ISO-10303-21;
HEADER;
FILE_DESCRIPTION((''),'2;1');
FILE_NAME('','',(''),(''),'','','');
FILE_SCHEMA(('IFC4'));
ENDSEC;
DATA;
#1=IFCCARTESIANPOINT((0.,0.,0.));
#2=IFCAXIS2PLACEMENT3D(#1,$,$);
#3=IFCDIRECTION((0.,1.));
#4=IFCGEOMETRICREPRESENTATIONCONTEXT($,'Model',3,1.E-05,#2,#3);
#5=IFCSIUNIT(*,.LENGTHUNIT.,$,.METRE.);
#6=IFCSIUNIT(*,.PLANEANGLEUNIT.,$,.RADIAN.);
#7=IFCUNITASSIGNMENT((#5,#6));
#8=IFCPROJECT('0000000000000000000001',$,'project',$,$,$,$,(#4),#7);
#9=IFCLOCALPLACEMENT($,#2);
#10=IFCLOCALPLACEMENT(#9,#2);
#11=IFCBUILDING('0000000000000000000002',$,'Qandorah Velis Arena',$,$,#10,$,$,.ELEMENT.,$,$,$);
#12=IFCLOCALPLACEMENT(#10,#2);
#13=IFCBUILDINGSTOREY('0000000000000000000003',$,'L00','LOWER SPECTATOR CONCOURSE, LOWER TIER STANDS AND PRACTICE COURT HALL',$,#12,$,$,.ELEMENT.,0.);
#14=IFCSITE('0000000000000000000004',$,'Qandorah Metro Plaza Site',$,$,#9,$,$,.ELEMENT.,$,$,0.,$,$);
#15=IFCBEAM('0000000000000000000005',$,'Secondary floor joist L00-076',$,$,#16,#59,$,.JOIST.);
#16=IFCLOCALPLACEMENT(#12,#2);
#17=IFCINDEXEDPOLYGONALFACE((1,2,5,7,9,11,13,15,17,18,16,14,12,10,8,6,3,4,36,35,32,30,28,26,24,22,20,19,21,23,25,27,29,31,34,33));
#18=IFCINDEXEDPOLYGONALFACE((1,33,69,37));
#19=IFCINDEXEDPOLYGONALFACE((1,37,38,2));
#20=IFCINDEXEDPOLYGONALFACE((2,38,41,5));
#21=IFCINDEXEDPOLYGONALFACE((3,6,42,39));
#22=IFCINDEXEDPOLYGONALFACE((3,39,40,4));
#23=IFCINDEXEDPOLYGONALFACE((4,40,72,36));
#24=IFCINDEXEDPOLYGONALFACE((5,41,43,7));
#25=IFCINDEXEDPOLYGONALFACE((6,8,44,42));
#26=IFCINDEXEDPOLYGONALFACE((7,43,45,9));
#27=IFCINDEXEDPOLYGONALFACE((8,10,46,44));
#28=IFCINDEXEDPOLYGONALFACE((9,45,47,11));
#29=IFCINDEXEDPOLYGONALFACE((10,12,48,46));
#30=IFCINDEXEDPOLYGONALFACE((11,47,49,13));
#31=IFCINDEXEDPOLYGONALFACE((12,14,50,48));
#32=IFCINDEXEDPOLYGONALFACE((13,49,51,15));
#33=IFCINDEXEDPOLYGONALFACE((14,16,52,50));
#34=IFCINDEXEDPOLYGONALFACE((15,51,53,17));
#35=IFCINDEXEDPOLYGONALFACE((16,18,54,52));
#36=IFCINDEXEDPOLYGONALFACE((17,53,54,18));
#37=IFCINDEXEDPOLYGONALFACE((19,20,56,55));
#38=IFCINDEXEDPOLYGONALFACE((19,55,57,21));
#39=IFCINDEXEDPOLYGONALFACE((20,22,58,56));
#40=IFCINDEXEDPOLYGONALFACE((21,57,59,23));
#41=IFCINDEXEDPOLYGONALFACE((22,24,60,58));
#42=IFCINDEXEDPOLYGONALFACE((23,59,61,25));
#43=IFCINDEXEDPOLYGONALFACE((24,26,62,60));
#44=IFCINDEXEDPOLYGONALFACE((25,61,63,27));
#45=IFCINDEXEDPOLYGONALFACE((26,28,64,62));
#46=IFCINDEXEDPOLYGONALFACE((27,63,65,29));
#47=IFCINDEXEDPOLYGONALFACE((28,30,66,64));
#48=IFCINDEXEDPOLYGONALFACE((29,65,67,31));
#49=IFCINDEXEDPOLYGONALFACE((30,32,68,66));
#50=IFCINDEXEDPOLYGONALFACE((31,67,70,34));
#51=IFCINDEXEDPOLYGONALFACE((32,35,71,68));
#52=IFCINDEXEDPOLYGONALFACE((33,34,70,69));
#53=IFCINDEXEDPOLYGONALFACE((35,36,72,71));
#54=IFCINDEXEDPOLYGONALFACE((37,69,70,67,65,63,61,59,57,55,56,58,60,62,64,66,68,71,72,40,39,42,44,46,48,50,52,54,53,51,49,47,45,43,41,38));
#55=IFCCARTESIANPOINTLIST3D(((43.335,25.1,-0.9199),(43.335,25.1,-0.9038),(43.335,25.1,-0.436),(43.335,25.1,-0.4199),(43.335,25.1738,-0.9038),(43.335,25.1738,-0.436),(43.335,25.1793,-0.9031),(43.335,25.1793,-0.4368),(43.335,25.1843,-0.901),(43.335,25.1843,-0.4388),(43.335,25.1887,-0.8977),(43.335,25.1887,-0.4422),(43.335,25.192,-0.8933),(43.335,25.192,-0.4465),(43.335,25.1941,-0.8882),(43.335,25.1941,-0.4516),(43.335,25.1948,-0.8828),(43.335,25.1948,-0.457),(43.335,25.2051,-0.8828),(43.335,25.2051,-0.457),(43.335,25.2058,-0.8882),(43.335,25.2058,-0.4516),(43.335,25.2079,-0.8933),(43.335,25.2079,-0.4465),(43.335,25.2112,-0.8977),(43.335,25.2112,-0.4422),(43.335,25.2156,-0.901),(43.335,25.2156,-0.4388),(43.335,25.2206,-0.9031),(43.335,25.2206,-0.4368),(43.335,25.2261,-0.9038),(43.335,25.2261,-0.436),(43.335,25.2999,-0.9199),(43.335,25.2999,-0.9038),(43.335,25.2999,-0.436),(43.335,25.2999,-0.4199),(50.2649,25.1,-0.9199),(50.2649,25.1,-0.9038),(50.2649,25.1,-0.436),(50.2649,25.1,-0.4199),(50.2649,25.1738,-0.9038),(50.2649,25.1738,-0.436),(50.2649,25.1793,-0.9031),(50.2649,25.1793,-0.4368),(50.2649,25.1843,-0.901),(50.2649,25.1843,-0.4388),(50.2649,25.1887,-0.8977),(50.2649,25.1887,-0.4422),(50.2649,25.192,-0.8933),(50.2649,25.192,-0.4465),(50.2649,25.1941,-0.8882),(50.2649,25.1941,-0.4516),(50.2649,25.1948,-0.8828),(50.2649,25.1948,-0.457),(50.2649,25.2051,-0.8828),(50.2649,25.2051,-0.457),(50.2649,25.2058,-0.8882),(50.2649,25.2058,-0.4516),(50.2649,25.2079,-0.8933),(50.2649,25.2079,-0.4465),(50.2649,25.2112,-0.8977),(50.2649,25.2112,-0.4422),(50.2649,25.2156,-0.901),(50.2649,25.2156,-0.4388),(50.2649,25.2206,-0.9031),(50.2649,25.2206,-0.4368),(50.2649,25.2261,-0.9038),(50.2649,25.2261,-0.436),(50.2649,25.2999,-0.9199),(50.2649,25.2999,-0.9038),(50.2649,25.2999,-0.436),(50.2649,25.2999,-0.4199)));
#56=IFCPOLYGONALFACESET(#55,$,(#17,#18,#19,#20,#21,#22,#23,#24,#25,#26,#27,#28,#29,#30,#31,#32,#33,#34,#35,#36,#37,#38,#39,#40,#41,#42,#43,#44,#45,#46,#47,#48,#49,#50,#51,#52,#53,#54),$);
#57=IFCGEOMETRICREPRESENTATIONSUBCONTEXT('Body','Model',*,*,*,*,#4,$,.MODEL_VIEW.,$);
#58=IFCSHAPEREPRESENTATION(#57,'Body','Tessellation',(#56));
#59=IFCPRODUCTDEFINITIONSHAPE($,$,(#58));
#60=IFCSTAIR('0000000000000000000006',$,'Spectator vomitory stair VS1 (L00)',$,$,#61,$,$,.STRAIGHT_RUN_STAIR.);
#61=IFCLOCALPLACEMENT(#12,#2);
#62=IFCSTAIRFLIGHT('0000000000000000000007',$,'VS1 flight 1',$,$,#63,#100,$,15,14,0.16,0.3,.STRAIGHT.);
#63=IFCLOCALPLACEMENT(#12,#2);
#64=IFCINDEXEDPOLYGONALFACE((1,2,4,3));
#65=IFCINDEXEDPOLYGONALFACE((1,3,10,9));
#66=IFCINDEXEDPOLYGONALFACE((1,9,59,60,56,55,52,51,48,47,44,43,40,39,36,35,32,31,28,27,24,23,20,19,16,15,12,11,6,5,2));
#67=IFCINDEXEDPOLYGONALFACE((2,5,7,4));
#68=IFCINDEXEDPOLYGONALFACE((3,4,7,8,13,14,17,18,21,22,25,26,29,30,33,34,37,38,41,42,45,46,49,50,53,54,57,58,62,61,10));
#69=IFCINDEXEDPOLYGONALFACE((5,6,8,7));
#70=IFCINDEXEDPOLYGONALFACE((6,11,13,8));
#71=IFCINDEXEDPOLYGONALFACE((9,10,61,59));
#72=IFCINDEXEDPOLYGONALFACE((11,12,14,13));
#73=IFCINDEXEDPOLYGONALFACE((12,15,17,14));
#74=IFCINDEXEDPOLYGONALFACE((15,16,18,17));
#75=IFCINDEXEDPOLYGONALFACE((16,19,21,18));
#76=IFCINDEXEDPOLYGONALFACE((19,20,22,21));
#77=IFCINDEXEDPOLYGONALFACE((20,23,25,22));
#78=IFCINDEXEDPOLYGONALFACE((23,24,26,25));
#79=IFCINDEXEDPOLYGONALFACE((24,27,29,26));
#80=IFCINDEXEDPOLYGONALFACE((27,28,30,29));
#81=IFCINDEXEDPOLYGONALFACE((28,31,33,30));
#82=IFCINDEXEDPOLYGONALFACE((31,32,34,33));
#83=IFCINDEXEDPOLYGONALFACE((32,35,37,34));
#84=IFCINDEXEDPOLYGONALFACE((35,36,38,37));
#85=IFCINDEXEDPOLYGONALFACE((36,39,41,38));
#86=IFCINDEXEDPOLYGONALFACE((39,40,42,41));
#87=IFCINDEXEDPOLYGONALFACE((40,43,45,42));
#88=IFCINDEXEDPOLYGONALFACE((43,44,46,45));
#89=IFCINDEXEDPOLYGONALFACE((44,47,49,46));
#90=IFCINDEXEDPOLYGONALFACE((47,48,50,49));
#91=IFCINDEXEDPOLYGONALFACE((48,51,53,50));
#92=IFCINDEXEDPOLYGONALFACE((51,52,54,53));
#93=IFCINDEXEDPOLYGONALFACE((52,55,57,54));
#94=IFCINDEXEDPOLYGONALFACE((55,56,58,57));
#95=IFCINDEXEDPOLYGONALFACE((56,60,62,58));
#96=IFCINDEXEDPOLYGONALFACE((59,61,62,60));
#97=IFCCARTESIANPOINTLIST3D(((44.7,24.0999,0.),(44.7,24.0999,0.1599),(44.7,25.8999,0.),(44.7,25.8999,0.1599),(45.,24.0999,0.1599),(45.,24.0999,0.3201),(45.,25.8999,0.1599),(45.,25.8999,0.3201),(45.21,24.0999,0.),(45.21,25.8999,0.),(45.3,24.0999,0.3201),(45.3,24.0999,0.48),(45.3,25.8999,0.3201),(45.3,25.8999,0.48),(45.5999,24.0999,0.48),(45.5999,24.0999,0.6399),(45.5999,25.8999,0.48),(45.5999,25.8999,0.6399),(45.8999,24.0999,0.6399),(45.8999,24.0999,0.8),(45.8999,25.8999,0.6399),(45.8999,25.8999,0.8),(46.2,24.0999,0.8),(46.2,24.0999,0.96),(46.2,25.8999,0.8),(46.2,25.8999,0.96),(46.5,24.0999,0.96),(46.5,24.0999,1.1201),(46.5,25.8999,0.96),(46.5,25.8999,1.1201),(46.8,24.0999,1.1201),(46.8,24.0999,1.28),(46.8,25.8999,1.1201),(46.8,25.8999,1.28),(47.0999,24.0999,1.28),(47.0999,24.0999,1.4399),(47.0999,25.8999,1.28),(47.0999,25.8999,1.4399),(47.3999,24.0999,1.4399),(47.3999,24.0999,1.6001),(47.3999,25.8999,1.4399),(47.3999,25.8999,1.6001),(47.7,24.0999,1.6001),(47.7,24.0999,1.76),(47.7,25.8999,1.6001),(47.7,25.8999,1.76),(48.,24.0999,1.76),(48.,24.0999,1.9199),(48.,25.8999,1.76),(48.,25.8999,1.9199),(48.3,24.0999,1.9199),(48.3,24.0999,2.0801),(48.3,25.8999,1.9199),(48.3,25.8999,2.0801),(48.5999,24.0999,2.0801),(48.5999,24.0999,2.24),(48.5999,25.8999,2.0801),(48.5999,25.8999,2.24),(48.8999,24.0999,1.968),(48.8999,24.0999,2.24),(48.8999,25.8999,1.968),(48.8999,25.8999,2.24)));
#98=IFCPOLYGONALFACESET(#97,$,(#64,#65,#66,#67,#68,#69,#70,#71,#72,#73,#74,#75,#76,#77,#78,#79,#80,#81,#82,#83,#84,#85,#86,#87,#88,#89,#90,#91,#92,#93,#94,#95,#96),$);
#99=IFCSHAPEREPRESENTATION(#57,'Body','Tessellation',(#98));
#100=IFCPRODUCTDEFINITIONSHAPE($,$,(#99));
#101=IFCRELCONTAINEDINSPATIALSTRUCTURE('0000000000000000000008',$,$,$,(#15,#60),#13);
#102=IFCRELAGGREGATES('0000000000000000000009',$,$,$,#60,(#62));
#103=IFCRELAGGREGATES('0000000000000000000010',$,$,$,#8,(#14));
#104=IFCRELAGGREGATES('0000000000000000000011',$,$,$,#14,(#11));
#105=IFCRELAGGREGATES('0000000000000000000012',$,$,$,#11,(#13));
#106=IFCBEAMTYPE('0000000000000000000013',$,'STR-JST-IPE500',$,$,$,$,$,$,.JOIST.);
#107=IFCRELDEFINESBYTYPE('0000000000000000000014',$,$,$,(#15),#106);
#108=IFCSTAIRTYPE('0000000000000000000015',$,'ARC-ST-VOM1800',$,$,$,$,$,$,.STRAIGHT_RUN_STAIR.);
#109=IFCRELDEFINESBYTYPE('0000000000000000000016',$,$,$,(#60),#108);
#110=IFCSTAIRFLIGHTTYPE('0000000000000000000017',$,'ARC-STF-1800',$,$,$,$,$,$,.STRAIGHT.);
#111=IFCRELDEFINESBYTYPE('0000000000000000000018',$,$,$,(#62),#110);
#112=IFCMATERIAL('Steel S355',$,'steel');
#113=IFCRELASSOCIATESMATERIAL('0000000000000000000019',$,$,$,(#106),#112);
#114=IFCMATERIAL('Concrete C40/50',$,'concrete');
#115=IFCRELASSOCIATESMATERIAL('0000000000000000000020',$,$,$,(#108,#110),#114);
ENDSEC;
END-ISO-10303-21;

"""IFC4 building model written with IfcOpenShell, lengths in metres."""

from ifc_helpers import new_model, si_unit, direction, frame, origin, origin_2d, place, context, subcontext, project, spatial, polyline, i_section, outline, extrude, material, material_profile, profile_set, type_object, element, aggregate, save


model = new_model("IFC4")

# Units and contexts
model_context = context("Model", 3, precision=1e-05, world=origin(), true_north=direction((0.0, 1.0)))
body_context = subcontext(model_context, "Body", "Model", "MODEL_VIEW")
ifc_project = project(units=[si_unit("LENGTHUNIT", "METRE"), si_unit("PLANEANGLEUNIT", "RADIAN")], contexts=[model_context])

# Site, building, storey
site_placement = place(None, origin())
site = spatial("IfcSite", under=ifc_project, at=site_placement, Name="Qandorah Metro Plaza Site", CompositionType="ELEMENT", RefElevation=0.0)
building_placement = place(site_placement, origin())
building = spatial("IfcBuilding", under=site, at=building_placement, Name="Qandorah Velis Arena", CompositionType="ELEMENT")
storey_placement = place(building_placement, origin())
storey = spatial("IfcBuildingStorey", under=building, at=storey_placement, Name="L00", Description="LOWER SPECTATOR CONCOURSE, LOWER TIER STANDS AND PRACTICE COURT HALL", CompositionType="ELEMENT", Elevation=0.0)

# Shared definitions
ifc_material_1 = material(Name="Concrete C40/50", Category="concrete")

# Beam
ifc_material_2 = material(Name="Steel S355", Category="steel")
ifc_material_profile_1 = material_profile(ifc_material_2, i_section(OverallWidth=0.2, OverallDepth=0.5, WebThickness=0.0103, FlangeThickness=0.0161, FilletRadius=0.021, at=origin_2d()), Name="IPE 500")
ifc_profile_set_1 = profile_set([ifc_material_profile_1], Name="Steel S355")
beam_type_1 = type_object("IfcBeamType", Name="STR-JST-IPE500", PredefinedType="JOIST", material=ifc_profile_set_1)
beam_1_placement = place(storey_placement, frame((43.335, 25.2, -0.6699), z_axis=(1.0, 0.0, 0.0), x_axis=(0.0, 1.0, 0.0)))
element("IfcBeam", 1, at=beam_1_placement, inside=storey, type_object=beam_type_1, Name="Secondary floor joist L00-076", PredefinedType="JOIST", context=body_context, shape_type="SweptSolid", body=[
    extrude(i_section(OverallWidth=0.2, OverallDepth=0.5, WebThickness=0.0103, FlangeThickness=0.0161, FilletRadius=0.021, at=origin_2d()), origin(), (0.0, 0.0, 1.0), 6.9299),
])

# Stair, stair flight
stair_type = type_object("IfcStairType", Name="ARC-ST-VOM1800", PredefinedType="STRAIGHT_RUN_STAIR", material=ifc_material_1)
stair_placement = place(storey_placement, origin())
stair = element("IfcStair", 2, at=stair_placement, inside=storey, type_object=stair_type, Name="Spectator vomitory stair VS1 (L00)", PredefinedType="STRAIGHT_RUN_STAIR")
stair_flight_type = type_object("IfcStairFlightType", Name="ARC-STF-1800", PredefinedType="STRAIGHT", material=ifc_material_1)
stair_flight_placement = place(storey_placement, frame((44.7, 25.0, 0.0), z_axis=(0.0, 0.0, 1.0), x_axis=(1.0, 0.0, 0.0)))
stair_flight = element("IfcStairFlight", 3, at=stair_flight_placement, type_object=stair_flight_type, Name="VS1 flight 1", NumberOfRisers=15, NumberOfTreads=14, PredefinedType="STRAIGHT", RiserHeight=0.16, TreadLength=0.3, context=body_context, shape_type="SweptSolid", body=[
    extrude(outline(polyline([(0.0, 0.0), (0.0, 0.1599), (0.3, 0.1599), (0.3, 0.3201), (0.6001, 0.3201), (0.6001, 0.48), (0.8999, 0.48), (0.8999, 0.6399), (1.2, 0.6399), (1.2, 0.8), (1.5, 0.8), (1.5, 0.96), (1.8, 0.96), (1.8, 1.1201), (2.1001, 1.1201), (2.1001, 1.28), (2.3999, 1.28), (2.3999, 1.4399), (2.7, 1.4399), (2.7, 1.6001), (3.0, 1.6001), (3.0, 1.76), (3.3, 1.76), (3.3, 1.9199), (3.6001, 1.9199), (3.6001, 2.0801), (3.8999, 2.0801), (3.8999, 2.24), (4.2, 2.24), (4.2, 2.3999), (4.2, 1.968), (0.51, 0.0), (0.0, 0.0)])), frame((0.0, 0.8999, 0.0), z_axis=(0.0, -1.0, 0.0), x_axis=(1.0, 0.0, 0.0)), (0.0, 0.0, 1.0), 1.8),
])
aggregate(stair, [stair_flight])

save(model, "model.ifc")
